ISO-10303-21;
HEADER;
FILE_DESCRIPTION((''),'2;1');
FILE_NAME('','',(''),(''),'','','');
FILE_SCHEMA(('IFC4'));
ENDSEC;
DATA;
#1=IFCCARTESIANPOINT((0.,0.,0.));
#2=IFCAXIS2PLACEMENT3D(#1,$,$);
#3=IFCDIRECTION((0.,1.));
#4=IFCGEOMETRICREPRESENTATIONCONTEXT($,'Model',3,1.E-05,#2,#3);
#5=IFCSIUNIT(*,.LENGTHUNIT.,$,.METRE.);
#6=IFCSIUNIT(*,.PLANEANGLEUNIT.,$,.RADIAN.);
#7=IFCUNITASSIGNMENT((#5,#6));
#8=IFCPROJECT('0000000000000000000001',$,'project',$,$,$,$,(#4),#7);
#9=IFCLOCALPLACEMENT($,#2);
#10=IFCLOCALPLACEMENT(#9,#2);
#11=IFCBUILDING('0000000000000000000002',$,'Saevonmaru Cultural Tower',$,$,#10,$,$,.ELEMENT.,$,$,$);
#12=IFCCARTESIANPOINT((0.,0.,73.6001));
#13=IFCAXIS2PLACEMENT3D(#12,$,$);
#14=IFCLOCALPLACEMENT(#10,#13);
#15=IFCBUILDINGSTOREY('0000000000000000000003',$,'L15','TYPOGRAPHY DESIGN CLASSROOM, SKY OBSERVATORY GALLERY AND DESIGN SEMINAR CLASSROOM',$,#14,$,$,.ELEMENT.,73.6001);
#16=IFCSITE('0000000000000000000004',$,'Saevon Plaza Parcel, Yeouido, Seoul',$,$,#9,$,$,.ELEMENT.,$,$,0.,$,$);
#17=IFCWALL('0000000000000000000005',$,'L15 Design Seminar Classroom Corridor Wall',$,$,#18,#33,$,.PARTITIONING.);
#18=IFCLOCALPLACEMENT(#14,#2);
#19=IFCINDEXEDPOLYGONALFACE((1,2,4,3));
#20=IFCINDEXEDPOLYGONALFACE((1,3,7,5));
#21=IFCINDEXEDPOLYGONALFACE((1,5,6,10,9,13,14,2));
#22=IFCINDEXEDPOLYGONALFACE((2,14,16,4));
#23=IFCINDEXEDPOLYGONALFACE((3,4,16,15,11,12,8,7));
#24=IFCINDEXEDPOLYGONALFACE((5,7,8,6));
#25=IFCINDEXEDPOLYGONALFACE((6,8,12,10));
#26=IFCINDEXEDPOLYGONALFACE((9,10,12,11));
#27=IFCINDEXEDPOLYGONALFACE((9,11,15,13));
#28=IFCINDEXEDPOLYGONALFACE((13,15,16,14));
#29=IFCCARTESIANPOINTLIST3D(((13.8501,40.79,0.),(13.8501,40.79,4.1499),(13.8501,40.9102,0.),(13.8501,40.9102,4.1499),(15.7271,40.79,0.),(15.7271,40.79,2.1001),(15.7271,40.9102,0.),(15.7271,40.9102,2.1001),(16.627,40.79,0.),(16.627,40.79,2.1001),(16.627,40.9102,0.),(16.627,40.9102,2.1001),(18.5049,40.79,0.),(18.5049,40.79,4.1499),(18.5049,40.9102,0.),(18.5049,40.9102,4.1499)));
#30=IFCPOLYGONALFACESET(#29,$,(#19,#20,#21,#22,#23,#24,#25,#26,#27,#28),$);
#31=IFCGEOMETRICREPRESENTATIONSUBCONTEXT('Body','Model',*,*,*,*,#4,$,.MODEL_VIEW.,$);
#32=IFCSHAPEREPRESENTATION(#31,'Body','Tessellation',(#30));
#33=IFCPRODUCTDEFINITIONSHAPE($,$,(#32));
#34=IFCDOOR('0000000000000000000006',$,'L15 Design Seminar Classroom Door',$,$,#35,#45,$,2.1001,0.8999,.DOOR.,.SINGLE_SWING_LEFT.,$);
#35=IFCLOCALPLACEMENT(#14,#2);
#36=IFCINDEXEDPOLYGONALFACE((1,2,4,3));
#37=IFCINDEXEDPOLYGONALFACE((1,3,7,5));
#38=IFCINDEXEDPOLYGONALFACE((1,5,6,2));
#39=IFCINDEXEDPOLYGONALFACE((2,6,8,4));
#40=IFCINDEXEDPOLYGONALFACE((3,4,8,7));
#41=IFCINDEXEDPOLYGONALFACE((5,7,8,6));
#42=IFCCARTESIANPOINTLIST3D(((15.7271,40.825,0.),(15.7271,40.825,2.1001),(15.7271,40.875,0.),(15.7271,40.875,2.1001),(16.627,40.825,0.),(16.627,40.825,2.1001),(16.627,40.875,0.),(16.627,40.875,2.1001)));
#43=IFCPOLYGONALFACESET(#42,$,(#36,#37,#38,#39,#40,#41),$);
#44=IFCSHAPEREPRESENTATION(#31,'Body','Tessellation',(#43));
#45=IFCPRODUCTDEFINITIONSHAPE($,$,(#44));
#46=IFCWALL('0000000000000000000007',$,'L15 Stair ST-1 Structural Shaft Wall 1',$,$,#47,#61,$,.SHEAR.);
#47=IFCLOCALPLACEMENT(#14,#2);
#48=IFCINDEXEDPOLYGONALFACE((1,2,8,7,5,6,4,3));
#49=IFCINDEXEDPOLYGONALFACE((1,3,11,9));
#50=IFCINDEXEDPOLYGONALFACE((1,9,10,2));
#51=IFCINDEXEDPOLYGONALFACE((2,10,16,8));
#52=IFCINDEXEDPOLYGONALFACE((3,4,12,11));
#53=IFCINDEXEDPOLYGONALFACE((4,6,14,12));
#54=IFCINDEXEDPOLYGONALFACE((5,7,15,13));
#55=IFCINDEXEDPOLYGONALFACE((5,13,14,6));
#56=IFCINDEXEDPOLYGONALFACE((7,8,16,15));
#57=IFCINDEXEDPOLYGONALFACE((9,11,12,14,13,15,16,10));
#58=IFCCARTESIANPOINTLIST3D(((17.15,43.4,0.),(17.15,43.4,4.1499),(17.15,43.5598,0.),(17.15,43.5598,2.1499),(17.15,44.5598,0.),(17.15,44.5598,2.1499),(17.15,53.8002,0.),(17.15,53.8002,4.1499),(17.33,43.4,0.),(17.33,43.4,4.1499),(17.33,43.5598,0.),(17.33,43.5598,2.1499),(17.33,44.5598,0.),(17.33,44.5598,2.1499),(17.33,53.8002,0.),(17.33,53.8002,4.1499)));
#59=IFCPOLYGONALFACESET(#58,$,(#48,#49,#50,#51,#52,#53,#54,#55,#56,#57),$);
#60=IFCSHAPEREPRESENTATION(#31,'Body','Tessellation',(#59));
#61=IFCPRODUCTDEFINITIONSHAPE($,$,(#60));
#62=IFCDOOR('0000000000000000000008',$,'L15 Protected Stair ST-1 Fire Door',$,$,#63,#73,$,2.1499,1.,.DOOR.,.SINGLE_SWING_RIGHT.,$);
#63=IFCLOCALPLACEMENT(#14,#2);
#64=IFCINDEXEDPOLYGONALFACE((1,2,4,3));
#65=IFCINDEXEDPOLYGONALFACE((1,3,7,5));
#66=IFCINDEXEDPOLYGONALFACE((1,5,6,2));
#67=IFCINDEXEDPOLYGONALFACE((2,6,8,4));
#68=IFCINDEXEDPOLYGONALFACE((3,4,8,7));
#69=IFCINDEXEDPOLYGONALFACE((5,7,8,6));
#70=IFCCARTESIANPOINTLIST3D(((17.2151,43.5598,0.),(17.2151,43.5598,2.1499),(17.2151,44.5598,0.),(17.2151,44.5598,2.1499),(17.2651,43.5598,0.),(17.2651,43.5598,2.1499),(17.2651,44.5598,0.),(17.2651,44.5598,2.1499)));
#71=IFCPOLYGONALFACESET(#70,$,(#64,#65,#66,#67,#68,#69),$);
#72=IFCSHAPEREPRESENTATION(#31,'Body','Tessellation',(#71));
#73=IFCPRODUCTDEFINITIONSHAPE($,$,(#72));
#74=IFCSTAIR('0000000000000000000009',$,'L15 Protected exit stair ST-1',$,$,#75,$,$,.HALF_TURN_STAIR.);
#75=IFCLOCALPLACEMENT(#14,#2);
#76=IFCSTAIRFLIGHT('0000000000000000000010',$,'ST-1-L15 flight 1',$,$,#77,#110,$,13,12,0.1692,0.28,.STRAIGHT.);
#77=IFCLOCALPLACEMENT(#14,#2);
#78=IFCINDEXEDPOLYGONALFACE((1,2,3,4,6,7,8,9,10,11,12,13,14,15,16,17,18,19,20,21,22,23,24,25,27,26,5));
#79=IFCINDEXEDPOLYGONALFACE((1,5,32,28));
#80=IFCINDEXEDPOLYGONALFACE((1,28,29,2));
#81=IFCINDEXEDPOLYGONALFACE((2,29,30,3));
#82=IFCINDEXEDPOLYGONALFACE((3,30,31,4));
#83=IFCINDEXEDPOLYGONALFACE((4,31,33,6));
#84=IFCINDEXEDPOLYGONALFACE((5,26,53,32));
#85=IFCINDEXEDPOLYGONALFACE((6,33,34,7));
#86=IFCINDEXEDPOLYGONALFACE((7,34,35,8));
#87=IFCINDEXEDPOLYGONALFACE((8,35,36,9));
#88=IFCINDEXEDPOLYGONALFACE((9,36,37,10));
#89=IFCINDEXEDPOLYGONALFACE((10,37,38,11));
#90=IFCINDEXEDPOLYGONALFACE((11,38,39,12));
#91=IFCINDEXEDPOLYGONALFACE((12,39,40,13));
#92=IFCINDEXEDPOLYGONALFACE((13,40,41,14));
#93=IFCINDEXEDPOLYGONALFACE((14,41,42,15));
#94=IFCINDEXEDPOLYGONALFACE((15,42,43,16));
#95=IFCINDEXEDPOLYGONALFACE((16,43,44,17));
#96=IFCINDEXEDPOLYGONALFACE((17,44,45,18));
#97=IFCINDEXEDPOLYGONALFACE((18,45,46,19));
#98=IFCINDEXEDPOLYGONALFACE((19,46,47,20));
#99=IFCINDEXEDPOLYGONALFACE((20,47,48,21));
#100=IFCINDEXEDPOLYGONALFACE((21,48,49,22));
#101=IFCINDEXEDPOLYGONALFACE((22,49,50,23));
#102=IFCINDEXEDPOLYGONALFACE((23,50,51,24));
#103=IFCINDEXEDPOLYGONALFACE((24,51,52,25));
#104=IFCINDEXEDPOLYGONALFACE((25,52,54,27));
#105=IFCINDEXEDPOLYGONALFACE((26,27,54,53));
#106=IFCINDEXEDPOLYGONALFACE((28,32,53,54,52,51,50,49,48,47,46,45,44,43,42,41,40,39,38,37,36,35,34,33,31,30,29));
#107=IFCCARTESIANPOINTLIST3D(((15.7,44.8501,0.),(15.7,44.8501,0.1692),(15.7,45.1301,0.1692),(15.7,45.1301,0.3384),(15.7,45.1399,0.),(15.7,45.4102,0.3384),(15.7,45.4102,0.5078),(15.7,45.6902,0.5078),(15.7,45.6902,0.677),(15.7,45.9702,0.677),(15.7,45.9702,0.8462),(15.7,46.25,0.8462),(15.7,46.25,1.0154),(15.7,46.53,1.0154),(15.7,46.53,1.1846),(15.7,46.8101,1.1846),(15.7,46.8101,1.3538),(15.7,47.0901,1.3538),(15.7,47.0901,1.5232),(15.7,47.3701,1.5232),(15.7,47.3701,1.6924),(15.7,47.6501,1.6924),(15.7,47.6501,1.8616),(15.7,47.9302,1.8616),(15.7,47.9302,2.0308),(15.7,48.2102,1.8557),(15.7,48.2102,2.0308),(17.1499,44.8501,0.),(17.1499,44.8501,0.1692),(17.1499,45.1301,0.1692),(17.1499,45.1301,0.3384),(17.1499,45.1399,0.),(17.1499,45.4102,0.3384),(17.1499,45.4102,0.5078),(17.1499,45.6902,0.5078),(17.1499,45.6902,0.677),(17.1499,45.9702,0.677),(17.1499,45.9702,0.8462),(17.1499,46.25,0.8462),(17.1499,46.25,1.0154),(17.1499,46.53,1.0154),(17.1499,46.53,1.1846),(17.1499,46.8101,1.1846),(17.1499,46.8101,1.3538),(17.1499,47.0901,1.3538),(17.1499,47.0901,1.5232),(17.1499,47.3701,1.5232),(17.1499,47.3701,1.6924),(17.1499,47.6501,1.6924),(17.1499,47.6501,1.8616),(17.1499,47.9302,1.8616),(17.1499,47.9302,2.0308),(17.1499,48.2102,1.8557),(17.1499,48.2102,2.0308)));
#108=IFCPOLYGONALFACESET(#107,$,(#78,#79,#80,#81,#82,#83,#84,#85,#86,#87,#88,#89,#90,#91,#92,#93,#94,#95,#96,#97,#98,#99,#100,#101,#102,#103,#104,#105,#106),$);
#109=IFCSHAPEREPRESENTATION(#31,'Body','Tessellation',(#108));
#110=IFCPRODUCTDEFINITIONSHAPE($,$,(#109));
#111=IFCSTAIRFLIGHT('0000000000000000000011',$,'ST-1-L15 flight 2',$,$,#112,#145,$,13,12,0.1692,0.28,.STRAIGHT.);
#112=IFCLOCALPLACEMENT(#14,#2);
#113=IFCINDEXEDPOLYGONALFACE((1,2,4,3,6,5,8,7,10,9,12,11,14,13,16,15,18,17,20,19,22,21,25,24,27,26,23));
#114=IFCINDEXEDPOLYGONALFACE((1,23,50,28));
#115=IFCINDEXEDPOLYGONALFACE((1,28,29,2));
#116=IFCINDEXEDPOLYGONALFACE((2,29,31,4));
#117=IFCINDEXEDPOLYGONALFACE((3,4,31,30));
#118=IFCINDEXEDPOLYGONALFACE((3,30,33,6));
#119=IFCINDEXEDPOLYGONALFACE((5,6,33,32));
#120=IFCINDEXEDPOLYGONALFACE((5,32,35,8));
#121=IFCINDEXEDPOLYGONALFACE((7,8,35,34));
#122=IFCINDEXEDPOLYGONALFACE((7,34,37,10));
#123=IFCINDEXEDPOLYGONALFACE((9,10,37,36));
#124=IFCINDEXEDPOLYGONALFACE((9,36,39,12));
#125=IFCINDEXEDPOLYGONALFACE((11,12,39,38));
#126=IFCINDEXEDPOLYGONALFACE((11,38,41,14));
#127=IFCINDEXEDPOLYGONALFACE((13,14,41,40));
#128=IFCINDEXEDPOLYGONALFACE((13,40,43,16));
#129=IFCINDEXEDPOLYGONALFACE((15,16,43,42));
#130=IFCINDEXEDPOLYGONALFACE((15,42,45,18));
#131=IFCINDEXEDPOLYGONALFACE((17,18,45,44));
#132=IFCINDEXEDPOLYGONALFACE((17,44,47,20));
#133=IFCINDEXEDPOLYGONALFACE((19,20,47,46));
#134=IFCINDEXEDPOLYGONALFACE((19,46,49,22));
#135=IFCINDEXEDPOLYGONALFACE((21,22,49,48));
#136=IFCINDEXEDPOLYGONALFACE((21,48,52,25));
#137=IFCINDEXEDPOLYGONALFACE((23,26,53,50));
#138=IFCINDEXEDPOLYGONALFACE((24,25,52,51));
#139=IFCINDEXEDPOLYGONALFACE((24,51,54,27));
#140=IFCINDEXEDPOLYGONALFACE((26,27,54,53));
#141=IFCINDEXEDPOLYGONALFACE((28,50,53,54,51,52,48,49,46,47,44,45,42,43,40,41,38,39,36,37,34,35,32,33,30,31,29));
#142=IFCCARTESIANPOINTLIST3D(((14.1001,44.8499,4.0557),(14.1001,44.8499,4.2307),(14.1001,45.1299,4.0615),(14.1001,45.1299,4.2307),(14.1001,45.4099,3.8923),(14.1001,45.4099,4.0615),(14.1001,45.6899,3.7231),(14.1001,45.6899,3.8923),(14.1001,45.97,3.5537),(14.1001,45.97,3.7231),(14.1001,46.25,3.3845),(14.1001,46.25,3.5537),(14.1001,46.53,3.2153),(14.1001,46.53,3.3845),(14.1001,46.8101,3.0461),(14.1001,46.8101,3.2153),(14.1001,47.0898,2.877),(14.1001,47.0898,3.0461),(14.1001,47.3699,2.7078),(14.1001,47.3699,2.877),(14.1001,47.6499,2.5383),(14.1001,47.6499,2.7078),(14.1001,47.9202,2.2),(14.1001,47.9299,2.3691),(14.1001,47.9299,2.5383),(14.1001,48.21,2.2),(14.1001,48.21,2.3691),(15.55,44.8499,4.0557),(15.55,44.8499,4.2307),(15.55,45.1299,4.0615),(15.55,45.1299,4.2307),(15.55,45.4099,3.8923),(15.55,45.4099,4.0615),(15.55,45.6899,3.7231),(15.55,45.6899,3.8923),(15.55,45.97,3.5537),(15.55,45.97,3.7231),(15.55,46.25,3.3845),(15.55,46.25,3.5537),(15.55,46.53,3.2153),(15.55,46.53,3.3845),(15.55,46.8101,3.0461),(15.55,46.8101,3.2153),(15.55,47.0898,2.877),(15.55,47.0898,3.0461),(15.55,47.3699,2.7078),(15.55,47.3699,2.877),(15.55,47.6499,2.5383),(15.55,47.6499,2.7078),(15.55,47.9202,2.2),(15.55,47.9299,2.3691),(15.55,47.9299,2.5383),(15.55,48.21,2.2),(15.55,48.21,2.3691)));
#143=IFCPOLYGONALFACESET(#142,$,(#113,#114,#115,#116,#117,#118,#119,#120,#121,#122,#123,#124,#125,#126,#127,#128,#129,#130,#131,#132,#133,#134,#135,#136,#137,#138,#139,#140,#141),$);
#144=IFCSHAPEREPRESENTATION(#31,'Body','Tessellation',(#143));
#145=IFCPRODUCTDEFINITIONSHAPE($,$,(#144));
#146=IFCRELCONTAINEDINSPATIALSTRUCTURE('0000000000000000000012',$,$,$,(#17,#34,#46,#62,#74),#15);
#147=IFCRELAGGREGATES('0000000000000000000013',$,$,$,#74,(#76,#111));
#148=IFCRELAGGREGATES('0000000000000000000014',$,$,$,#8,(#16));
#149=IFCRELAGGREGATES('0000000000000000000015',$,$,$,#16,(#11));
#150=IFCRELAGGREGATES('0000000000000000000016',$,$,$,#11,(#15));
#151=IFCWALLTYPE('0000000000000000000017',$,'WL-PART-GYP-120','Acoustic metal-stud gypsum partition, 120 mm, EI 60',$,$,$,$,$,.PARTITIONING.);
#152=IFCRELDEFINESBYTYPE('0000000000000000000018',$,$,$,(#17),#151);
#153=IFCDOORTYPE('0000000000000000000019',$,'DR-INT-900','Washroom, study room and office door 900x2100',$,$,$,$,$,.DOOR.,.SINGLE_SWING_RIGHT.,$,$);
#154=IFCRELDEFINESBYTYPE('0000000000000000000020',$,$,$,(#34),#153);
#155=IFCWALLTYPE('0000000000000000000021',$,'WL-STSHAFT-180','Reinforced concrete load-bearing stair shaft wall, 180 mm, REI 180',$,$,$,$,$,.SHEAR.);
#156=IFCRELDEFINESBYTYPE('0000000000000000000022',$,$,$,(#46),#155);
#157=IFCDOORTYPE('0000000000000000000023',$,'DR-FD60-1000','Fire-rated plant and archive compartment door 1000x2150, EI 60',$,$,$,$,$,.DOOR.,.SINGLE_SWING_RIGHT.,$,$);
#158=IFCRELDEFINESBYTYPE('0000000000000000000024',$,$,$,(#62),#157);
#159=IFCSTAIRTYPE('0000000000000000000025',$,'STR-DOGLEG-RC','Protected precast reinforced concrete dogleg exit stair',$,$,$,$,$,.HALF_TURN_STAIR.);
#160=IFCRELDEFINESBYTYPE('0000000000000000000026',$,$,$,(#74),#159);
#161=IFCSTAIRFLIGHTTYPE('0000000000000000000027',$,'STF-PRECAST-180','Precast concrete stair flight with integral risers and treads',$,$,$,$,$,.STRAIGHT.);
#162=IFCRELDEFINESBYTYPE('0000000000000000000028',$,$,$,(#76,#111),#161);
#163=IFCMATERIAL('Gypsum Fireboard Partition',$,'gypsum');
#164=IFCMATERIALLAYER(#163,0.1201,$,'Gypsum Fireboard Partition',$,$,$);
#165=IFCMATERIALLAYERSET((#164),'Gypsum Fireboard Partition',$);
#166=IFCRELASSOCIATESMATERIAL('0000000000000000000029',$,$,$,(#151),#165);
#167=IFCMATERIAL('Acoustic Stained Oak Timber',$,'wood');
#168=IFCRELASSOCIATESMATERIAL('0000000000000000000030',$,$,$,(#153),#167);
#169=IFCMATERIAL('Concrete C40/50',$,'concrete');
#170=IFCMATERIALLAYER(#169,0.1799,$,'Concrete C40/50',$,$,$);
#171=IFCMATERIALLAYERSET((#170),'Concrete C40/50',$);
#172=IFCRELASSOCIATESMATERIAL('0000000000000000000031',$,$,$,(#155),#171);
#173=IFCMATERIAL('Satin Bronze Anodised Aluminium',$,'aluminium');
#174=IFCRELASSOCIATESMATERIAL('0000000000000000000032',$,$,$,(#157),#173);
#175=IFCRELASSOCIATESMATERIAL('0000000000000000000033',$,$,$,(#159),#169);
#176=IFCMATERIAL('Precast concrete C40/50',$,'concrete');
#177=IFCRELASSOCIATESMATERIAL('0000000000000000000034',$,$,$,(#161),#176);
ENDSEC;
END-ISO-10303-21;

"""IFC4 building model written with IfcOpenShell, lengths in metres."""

from ifc_helpers import new_model, si_unit, direction, frame, frame_2d, origin, place, context, subcontext, project, spatial, polyline, rectangle, outline, extrude, material, layer, layer_set, type_object, element, fill, aggregate, save


model = new_model("IFC4")

# Units and contexts
model_context = context("Model", 3, precision=1e-05, world=origin(), true_north=direction((0.0, 1.0)))
body_context = subcontext(model_context, "Body", "Model", "MODEL_VIEW")
ifc_project = project(units=[si_unit("LENGTHUNIT", "METRE"), si_unit("PLANEANGLEUNIT", "RADIAN")], contexts=[model_context])

# Site, building, storey
site_placement = place(None, origin())
site = spatial("IfcSite", under=ifc_project, at=site_placement, Name="Saevon Plaza Parcel, Yeouido, Seoul", CompositionType="ELEMENT", RefElevation=0.0)
building_placement = place(site_placement, origin())
building = spatial("IfcBuilding", under=site, at=building_placement, Name="Saevonmaru Cultural Tower", CompositionType="ELEMENT")
storey_placement = place(building_placement, frame((0.0, 0.0, 73.6001)))
storey = spatial("IfcBuildingStorey", under=building, at=storey_placement, Name="L15", Description="TYPOGRAPHY DESIGN CLASSROOM, SKY OBSERVATORY GALLERY AND DESIGN SEMINAR CLASSROOM", CompositionType="ELEMENT", Elevation=73.6001)

# Shared definitions
ifc_material_1 = material(Name="Satin Bronze Anodised Aluminium", Category="aluminium")

# Shared definitions
ifc_material_2 = material(Name="Gypsum Fireboard Partition", Category="gypsum")

# Shared definitions
ifc_layer_1 = layer(ifc_material_2, 0.1201, Name="Gypsum Fireboard Partition")
ifc_layer_set_1 = layer_set([ifc_layer_1], Name="Gypsum Fireboard Partition")
wall_type_1 = type_object("IfcWallType", Name="WL-PART-GYP-120", Description="Acoustic metal-stud gypsum partition, 120 mm, EI 60", PredefinedType="PARTITIONING", material=ifc_layer_set_1)

# Walls, openings, doors
wall_1_placement = place(storey_placement, frame((13.8501, 40.8501, 0.0), z_axis=(0.0, 0.0, 1.0), x_axis=(1.0, 0.0, 0.0)))
wall_1 = element("IfcWall", 1, at=wall_1_placement, inside=storey, type_object=wall_type_1, Name="L15 Design Seminar Classroom Corridor Wall", PredefinedType="PARTITIONING", context=body_context, shape_type="SweptSolid", body=[
    extrude(rectangle(XDim=4.6548, YDim=0.1201, at=frame_2d((2.3274, 0.0))), origin(), (0.0, 0.0, 1.0), 4.1499),
])
opening_1_placement = place(wall_1_placement, frame((1.877, 0.0, 0.0)))
opening_1 = element("IfcOpeningElement", 2, at=opening_1_placement, cuts=wall_1, PredefinedType="OPENING", context=body_context, shape_type="SweptSolid", body=[
    extrude(rectangle(XDim=0.8999, YDim=2.1001, at=frame_2d((0.45, 1.05))), frame((0.0, 0.0701, 0.0), z_axis=(0.0, -1.0, 0.0), x_axis=(1.0, 0.0, 0.0)), (0.0, 0.0, 1.0), 0.1401),
])
ifc_material_3 = material(Name="Acoustic Stained Oak Timber", Category="wood")
door_type_1 = type_object("IfcDoorType", Name="DR-INT-900", Description="Washroom, study room and office door 900x2100", OperationType="SINGLE_SWING_RIGHT", PredefinedType="DOOR", material=ifc_material_3)
door_1_placement = place(opening_1_placement, origin())
door_1 = element("IfcDoor", 3, at=door_1_placement, inside=storey, type_object=door_type_1, Name="L15 Design Seminar Classroom Door", OperationType="SINGLE_SWING_LEFT", OverallHeight=2.1001, OverallWidth=0.8999, PredefinedType="DOOR", context=body_context, shape_type="SweptSolid", body=[
    extrude(rectangle(XDim=0.8999, YDim=2.1001, at=frame_2d((0.45, 1.05))), frame((0.0, 0.0249, 0.0), z_axis=(0.0, -1.0, 0.0), x_axis=(1.0, 0.0, 0.0)), (0.0, 0.0, 1.0), 0.05),
])
fill(opening_1, door_1)
ifc_material_4 = material(Name="Concrete C40/50", Category="concrete")
ifc_layer_2 = layer(ifc_material_4, 0.1799, Name="Concrete C40/50")
ifc_layer_set_2 = layer_set([ifc_layer_2], Name="Concrete C40/50")
wall_type_2 = type_object("IfcWallType", Name="WL-STSHAFT-180", Description="Reinforced concrete load-bearing stair shaft wall, 180 mm, REI 180", PredefinedType="SHEAR", material=ifc_layer_set_2)
wall_2_placement = place(storey_placement, frame((17.24, 43.3999, 0.0), z_axis=(0.0, 0.0, 1.0), x_axis=(0.0, 1.0, 0.0)))
wall_2 = element("IfcWall", 4, at=wall_2_placement, inside=storey, type_object=wall_type_2, Name="L15 Stair ST-1 Structural Shaft Wall 1", PredefinedType="SHEAR", context=body_context, shape_type="SweptSolid", body=[
    extrude(rectangle(XDim=10.4001, YDim=0.1799, at=frame_2d((5.2002, 0.0))), origin(), (0.0, 0.0, 1.0), 4.1499),
])
opening_2_placement = place(wall_2_placement, frame((0.1599, 0.0, 0.0)))
opening_2 = element("IfcOpeningElement", 5, at=opening_2_placement, cuts=wall_2, PredefinedType="OPENING", context=body_context, shape_type="SweptSolid", body=[
    extrude(rectangle(XDim=1.0, YDim=2.1499, at=frame_2d((0.5, 1.075))), frame((0.0, 0.1001, 0.0), z_axis=(0.0, -1.0, 0.0), x_axis=(1.0, 0.0, 0.0)), (0.0, 0.0, 1.0), 0.2),
])
door_type_2 = type_object("IfcDoorType", Name="DR-FD60-1000", Description="Fire-rated plant and archive compartment door 1000x2150, EI 60", OperationType="SINGLE_SWING_RIGHT", PredefinedType="DOOR", material=ifc_material_1)
door_2_placement = place(opening_2_placement, origin())
door_2 = element("IfcDoor", 6, at=door_2_placement, inside=storey, type_object=door_type_2, Name="L15 Protected Stair ST-1 Fire Door", OperationType="SINGLE_SWING_RIGHT", OverallHeight=2.1499, OverallWidth=1.0, PredefinedType="DOOR", context=body_context, shape_type="SweptSolid", body=[
    extrude(rectangle(XDim=1.0, YDim=2.1499, at=frame_2d((0.5, 1.075))), frame((0.0, 0.0249, 0.0), z_axis=(0.0, -1.0, 0.0), x_axis=(1.0, 0.0, 0.0)), (0.0, 0.0, 1.0), 0.05),
])
fill(opening_2, door_2)

# Stair, stair flights
stair_type = type_object("IfcStairType", Name="STR-DOGLEG-RC", Description="Protected precast reinforced concrete dogleg exit stair", PredefinedType="HALF_TURN_STAIR", material=ifc_material_4)
stair_placement = place(storey_placement, origin())
stair = element("IfcStair", 7, at=stair_placement, inside=storey, type_object=stair_type, Name="L15 Protected exit stair ST-1", PredefinedType="HALF_TURN_STAIR")
ifc_material_5 = material(Name="Precast concrete C40/50", Category="concrete")
stair_flight_type = type_object("IfcStairFlightType", Name="STF-PRECAST-180", Description="Precast concrete stair flight with integral risers and treads", PredefinedType="STRAIGHT", material=ifc_material_5)
stair_flight_1_placement = place(storey_placement, frame((16.425, 44.8501, 0.0), z_axis=(0.0, 0.0, 1.0), x_axis=(0.0, 1.0, 0.0)))
stair_flight_1 = element("IfcStairFlight", 8, at=stair_flight_1_placement, type_object=stair_flight_type, Name="ST-1-L15 flight 1", NumberOfRisers=13, NumberOfTreads=12, PredefinedType="STRAIGHT", RiserHeight=0.1692, TreadLength=0.28, context=body_context, shape_type="SweptSolid", body=[
    extrude(outline(polyline([(0.0, 0.0), (0.0, 0.1692), (0.28, 0.1692), (0.28, 0.3384), (0.5601, 0.3384), (0.5601, 0.5078), (0.8401, 0.5078), (0.8401, 0.677), (1.1201, 0.677), (1.1201, 0.8462), (1.3999, 0.8462), (1.3999, 1.0154), (1.6799, 1.0154), (1.6799, 1.1846), (1.96, 1.1846), (1.96, 1.3538), (2.24, 1.3538), (2.24, 1.5232), (2.52, 1.5232), (2.52, 1.6924), (2.8, 1.6924), (2.8, 1.8616), (3.0801, 1.8616), (3.0801, 2.0308), (3.3601, 2.0308), (3.3601, 2.2), (3.3601, 1.8557), (0.2898, 0.0), (0.0, 0.0)])), frame((0.0, 0.7251, 0.0), z_axis=(0.0, -1.0, 0.0), x_axis=(1.0, 0.0, 0.0)), (0.0, 0.0, 1.0), 1.45),
])
stair_flight_2_placement = place(storey_placement, frame((14.825, 48.21, 2.2), z_axis=(0.0, 0.0, 1.0), x_axis=(0.0, -1.0, 0.0)))
stair_flight_2 = element("IfcStairFlight", 9, at=stair_flight_2_placement, type_object=stair_flight_type, Name="ST-1-L15 flight 2", NumberOfRisers=13, NumberOfTreads=12, PredefinedType="STRAIGHT", RiserHeight=0.1692, TreadLength=0.28, context=body_context, shape_type="SweptSolid", body=[
    extrude(outline(polyline([(0.0, 0.0), (0.0, 0.1692), (0.28, 0.1692), (0.28, 0.3384), (0.5601, 0.3384), (0.5601, 0.5078), (0.8401, 0.5078), (0.8401, 0.677), (1.1201, 0.677), (1.1201, 0.8462), (1.3999, 0.8462), (1.3999, 1.0154), (1.6799, 1.0154), (1.6799, 1.1846), (1.96, 1.1846), (1.96, 1.3538), (2.24, 1.3538), (2.24, 1.5232), (2.52, 1.5232), (2.52, 1.6924), (2.8, 1.6924), (2.8, 1.8616), (3.0801, 1.8616), (3.0801, 2.0308), (3.3601, 2.0308), (3.3601, 2.2), (3.3601, 1.8557), (0.2898, 0.0), (0.0, 0.0)])), frame((0.0, 0.7251, 0.0), z_axis=(0.0, -1.0, 0.0), x_axis=(1.0, 0.0, 0.0)), (0.0, 0.0, 1.0), 1.45),
])
aggregate(stair, [stair_flight_1, stair_flight_2])

save(model, "model.ifc")
